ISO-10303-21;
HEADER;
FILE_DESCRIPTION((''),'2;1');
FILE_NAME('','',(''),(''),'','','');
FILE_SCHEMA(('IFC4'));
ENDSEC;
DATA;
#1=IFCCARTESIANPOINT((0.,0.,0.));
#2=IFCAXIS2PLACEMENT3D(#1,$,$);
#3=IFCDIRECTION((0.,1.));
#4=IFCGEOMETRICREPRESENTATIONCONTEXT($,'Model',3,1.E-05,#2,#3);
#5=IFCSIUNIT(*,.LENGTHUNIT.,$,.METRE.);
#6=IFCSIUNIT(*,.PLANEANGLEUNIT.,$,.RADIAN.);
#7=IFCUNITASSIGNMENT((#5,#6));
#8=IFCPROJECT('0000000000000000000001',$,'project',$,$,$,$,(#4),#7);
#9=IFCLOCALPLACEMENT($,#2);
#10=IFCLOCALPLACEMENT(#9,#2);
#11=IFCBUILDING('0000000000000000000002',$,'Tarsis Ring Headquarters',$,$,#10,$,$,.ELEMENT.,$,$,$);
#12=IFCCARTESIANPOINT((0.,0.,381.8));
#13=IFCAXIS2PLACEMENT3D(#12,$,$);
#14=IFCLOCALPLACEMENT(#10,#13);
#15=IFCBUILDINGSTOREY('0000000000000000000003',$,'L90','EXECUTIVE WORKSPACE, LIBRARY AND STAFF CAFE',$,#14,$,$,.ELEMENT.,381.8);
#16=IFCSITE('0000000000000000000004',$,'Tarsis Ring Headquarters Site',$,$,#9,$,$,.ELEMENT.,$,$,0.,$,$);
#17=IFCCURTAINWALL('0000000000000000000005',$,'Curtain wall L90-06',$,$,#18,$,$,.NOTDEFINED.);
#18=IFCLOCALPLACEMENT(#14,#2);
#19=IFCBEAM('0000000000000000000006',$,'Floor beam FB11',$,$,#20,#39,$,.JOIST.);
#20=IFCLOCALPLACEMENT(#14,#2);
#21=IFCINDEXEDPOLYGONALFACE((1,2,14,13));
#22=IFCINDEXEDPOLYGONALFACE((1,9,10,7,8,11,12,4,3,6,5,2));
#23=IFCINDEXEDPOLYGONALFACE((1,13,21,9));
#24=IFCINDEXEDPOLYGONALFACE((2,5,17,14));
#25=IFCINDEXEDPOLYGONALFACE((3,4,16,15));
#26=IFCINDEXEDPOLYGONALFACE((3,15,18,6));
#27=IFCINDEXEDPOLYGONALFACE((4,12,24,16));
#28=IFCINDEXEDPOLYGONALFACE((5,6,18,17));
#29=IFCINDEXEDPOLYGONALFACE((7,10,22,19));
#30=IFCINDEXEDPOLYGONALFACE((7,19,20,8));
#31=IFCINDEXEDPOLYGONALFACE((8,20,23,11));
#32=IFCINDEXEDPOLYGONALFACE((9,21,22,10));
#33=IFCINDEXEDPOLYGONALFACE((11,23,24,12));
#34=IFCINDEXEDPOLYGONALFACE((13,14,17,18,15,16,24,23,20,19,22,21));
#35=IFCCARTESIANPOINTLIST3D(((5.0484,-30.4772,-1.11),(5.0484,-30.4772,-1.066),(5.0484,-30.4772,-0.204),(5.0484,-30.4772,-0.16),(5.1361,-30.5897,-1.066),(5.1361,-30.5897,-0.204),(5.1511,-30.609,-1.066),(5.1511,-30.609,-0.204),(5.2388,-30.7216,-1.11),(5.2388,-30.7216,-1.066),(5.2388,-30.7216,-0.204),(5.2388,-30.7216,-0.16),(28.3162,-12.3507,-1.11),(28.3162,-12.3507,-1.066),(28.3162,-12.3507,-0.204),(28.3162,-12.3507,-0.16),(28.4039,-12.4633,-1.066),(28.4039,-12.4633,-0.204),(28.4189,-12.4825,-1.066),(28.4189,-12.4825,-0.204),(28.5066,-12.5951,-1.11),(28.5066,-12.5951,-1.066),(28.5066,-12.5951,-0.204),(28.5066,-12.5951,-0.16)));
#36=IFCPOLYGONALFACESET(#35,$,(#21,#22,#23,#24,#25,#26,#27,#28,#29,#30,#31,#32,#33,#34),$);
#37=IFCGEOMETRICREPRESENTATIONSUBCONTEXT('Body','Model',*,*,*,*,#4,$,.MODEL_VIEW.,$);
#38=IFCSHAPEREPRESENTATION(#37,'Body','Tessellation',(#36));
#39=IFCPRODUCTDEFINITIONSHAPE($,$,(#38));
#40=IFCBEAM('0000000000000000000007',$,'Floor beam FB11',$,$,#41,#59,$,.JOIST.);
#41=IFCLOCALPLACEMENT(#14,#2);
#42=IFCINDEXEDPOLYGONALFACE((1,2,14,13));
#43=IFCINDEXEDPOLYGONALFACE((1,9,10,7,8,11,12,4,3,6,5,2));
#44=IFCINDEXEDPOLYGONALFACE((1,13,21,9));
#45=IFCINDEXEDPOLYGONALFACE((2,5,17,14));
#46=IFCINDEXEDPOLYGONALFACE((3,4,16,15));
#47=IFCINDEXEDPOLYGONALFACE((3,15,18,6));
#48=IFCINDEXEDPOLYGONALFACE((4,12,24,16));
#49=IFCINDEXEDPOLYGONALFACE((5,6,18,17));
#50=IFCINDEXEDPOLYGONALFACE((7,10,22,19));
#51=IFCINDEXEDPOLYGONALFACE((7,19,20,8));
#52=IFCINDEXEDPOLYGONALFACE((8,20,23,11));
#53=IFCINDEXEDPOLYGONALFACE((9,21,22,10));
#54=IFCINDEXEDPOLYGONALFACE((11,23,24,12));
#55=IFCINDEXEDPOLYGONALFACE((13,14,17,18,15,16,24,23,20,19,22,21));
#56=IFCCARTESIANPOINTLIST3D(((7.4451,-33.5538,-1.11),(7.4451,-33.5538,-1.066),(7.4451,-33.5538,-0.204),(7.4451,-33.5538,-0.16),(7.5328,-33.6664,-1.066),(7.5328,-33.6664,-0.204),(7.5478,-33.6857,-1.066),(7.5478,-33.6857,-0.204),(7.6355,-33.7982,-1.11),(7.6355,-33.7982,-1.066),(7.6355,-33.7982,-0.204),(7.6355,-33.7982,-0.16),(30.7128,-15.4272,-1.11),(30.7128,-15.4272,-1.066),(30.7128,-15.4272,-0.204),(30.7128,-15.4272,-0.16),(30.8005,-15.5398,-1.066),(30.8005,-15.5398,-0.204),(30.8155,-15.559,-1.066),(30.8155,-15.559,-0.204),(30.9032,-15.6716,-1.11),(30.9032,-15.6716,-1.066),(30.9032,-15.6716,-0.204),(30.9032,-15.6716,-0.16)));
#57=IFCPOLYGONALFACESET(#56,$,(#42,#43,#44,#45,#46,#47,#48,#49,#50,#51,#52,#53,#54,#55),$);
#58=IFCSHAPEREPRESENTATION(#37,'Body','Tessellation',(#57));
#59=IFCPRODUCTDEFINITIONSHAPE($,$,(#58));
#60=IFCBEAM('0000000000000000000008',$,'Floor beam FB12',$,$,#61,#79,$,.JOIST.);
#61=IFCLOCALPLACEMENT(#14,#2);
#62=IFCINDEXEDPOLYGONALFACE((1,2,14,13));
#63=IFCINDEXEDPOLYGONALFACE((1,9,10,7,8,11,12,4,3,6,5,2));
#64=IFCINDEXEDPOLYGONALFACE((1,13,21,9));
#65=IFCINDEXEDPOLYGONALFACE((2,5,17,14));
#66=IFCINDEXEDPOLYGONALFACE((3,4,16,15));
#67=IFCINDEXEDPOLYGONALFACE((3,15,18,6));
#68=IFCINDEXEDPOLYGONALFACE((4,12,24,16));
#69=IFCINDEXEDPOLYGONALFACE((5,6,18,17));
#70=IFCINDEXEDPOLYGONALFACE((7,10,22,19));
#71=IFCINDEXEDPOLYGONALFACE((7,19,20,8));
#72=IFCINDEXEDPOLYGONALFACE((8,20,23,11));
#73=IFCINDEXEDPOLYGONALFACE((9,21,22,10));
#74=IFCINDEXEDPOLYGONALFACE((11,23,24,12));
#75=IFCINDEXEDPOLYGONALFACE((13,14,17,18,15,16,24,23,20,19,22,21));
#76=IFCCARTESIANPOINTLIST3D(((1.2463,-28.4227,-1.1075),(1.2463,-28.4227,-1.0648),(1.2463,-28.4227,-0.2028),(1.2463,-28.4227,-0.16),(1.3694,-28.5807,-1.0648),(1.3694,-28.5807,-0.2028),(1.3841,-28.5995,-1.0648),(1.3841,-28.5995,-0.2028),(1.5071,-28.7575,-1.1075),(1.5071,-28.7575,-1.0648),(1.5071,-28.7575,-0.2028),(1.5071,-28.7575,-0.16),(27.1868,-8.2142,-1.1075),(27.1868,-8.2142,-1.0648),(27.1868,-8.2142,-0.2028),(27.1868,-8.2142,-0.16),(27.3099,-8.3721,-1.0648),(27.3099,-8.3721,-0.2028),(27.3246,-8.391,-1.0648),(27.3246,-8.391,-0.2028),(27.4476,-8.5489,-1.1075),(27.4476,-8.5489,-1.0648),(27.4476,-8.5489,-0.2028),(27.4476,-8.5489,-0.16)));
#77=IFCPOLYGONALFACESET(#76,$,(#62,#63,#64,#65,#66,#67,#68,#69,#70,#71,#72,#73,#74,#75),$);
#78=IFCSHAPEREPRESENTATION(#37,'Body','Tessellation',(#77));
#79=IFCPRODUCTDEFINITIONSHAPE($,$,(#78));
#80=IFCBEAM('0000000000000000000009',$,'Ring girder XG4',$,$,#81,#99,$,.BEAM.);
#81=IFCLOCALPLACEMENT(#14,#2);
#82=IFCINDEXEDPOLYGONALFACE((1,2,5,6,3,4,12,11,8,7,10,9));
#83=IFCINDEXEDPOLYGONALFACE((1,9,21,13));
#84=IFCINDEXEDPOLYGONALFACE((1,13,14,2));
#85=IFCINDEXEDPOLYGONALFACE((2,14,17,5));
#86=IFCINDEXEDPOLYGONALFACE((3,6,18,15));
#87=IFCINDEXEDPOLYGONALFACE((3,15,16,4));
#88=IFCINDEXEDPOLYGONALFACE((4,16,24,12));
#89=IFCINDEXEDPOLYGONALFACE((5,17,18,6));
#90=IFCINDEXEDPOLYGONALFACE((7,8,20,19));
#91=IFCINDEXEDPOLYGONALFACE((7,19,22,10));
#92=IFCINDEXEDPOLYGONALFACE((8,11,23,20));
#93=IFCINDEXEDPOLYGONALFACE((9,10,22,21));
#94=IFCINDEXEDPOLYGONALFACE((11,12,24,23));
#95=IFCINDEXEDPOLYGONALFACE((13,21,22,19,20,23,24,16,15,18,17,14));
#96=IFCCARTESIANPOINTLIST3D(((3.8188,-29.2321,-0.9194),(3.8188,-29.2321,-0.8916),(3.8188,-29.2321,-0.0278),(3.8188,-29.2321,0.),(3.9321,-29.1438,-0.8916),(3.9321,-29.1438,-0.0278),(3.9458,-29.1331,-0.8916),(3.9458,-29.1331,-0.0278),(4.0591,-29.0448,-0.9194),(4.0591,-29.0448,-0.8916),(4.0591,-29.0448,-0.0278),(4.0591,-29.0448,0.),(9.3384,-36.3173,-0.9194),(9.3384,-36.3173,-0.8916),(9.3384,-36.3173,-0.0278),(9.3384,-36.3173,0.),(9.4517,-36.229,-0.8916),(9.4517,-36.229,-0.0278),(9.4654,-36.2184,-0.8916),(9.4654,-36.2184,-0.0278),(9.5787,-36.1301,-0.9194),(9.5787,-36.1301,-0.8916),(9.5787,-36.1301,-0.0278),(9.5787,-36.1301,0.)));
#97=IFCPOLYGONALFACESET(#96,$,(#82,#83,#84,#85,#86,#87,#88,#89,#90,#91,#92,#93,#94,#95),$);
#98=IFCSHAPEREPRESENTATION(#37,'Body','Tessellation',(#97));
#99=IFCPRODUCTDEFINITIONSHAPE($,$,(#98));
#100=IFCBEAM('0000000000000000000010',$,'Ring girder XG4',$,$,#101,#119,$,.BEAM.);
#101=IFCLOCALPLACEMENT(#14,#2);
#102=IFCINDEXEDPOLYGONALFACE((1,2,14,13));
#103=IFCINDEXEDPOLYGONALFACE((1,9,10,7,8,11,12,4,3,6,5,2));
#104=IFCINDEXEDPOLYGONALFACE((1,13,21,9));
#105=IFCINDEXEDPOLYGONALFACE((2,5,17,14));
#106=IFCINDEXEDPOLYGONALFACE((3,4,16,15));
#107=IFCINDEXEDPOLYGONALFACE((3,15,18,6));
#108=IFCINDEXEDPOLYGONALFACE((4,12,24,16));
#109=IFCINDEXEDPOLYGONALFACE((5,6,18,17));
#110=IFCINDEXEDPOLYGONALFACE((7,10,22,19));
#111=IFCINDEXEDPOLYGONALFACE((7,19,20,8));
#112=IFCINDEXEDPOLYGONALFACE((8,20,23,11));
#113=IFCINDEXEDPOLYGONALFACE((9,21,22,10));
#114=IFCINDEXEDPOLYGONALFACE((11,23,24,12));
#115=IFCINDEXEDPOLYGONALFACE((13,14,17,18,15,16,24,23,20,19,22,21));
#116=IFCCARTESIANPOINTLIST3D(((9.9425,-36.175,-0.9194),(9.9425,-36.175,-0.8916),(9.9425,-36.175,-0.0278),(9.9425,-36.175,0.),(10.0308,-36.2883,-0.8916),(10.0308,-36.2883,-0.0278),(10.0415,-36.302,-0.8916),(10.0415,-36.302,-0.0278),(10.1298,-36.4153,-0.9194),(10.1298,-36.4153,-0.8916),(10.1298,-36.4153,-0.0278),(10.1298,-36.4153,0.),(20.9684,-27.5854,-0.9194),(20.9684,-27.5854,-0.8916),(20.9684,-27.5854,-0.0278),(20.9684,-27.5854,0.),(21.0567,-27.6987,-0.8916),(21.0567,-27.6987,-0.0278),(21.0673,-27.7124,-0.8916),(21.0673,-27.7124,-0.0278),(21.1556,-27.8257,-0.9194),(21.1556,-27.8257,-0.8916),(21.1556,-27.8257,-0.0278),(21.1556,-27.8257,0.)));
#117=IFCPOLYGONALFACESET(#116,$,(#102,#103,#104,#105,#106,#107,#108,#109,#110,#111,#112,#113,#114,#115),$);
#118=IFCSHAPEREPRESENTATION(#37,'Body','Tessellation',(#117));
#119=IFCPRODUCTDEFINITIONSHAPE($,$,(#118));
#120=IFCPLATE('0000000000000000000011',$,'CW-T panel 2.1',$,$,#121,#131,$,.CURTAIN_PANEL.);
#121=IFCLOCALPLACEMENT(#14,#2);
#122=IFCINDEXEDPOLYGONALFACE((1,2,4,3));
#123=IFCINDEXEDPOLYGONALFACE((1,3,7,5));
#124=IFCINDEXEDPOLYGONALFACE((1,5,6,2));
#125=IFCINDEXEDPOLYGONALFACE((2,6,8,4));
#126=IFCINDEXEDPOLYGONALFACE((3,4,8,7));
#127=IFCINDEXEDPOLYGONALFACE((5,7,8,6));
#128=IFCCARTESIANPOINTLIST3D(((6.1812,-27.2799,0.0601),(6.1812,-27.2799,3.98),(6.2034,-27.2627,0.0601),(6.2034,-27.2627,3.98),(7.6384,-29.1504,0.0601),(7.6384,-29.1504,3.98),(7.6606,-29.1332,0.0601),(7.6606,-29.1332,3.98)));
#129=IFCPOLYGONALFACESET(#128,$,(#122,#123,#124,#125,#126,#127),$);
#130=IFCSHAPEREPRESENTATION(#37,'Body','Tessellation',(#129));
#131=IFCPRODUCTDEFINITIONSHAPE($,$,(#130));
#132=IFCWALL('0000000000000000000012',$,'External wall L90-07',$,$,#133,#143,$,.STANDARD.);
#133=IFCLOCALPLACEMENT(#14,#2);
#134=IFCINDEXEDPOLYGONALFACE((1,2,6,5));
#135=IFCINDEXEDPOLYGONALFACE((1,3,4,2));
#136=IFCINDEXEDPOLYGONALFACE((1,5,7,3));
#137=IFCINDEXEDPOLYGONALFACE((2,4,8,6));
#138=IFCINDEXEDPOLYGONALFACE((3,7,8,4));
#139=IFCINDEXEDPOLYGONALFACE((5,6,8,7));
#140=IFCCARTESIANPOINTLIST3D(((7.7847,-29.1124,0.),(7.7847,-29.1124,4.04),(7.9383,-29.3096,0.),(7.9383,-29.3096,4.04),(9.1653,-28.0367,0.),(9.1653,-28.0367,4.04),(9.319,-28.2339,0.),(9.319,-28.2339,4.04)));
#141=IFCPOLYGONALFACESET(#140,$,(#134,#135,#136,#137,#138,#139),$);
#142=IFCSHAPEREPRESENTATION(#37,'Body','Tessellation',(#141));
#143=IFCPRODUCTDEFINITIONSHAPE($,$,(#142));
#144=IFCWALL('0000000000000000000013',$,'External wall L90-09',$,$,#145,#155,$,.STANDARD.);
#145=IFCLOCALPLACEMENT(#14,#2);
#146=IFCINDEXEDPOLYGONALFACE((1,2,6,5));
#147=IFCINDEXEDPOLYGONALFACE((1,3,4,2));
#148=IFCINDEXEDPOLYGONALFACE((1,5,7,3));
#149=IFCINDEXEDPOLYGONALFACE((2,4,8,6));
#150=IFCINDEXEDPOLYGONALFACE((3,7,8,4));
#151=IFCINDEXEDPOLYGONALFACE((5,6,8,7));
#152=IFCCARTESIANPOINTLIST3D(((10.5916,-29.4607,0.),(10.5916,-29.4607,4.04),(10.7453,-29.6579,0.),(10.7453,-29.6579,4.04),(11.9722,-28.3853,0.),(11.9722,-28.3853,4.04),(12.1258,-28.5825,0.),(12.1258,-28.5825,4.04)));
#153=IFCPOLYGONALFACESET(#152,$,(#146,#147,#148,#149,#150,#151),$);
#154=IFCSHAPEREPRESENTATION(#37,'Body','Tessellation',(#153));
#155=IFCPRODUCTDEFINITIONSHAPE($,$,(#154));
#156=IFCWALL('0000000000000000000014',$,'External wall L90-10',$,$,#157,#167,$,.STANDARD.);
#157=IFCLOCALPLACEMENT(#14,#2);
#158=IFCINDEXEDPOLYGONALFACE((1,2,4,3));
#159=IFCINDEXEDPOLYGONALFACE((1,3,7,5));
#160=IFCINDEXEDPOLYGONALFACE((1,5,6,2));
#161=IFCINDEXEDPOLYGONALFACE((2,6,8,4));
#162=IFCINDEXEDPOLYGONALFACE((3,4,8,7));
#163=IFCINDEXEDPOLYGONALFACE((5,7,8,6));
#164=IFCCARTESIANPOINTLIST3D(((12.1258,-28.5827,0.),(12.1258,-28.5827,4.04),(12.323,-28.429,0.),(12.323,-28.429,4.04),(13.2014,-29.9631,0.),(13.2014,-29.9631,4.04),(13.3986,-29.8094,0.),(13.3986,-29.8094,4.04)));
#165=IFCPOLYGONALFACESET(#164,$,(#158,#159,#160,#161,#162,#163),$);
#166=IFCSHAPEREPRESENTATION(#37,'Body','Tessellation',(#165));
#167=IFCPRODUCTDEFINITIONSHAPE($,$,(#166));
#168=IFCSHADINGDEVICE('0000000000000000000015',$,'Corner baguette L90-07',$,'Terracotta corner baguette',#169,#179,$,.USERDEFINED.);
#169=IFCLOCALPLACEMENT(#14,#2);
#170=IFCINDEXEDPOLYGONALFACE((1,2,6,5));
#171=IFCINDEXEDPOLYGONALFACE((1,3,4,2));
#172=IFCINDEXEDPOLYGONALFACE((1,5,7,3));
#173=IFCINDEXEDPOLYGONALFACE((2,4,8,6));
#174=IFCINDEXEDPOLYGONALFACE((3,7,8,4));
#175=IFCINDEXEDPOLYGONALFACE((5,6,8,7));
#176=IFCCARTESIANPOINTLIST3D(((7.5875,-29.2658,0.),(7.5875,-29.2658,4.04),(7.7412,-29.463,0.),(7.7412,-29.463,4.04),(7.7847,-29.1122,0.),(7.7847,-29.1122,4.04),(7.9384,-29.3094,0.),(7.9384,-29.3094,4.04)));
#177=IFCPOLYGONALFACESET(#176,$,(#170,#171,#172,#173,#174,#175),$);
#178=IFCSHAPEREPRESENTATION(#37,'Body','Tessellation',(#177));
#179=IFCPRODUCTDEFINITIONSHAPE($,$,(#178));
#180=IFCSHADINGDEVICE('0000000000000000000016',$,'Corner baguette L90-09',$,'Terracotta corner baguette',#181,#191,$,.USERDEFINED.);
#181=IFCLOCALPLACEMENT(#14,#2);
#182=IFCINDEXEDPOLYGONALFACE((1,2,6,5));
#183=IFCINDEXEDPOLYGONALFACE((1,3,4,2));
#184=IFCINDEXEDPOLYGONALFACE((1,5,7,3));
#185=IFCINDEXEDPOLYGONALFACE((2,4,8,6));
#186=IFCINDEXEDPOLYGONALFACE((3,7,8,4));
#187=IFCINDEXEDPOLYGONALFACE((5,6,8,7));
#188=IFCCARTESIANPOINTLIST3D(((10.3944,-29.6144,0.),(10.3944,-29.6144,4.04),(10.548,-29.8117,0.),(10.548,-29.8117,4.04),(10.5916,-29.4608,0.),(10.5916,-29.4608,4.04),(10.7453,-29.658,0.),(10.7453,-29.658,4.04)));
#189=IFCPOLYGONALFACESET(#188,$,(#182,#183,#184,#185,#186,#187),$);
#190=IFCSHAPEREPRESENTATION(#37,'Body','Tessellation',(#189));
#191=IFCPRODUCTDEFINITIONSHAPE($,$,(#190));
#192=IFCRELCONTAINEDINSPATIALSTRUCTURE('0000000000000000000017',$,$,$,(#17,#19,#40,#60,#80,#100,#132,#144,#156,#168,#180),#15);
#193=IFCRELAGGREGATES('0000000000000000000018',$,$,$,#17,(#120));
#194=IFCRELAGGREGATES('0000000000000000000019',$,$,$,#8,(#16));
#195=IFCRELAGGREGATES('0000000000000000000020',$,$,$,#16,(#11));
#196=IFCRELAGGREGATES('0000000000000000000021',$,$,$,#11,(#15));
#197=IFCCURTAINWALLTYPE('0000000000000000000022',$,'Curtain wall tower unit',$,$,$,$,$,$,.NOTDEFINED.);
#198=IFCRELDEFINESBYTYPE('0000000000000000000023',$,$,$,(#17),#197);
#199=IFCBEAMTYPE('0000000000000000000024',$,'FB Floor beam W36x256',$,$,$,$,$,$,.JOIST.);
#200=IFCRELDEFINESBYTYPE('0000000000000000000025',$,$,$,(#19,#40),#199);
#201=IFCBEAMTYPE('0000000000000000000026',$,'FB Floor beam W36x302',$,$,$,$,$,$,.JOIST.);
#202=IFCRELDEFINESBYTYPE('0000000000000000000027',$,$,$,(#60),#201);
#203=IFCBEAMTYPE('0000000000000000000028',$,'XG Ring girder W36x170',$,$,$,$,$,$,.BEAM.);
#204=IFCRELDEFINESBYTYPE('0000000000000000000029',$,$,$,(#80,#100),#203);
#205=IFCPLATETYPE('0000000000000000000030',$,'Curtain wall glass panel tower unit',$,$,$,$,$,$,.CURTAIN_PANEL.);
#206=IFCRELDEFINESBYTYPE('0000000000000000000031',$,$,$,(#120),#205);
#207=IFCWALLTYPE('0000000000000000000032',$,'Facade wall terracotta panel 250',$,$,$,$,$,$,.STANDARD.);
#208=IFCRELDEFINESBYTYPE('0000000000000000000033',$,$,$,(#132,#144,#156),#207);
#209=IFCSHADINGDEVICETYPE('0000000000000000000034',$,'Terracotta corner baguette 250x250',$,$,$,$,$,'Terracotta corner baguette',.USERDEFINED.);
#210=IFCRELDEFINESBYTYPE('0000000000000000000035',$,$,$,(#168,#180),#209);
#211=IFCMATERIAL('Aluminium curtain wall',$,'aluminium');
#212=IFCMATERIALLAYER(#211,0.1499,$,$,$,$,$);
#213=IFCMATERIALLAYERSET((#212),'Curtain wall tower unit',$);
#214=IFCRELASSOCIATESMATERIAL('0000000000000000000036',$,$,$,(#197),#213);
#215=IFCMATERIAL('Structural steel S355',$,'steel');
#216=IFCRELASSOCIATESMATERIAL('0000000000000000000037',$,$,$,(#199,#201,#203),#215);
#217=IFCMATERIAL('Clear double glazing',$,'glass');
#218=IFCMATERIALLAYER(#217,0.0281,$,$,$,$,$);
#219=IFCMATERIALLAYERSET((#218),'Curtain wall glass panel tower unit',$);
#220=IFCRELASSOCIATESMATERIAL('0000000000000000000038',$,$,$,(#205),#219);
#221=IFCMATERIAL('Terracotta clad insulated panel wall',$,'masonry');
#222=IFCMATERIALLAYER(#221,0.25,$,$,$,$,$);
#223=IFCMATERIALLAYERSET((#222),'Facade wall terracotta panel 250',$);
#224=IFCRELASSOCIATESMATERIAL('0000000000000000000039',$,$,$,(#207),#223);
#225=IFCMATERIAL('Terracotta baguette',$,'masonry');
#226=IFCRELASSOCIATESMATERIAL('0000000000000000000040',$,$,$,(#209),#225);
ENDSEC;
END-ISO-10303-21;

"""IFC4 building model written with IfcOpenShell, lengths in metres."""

from ifc_helpers import new_model, si_unit, direction, frame, frame_2d, origin, origin_2d, place, context, subcontext, project, spatial, rectangle, i_section, extrude, material, layer, layer_set, material_profile, profile_set, type_object, element, aggregate, save


model = new_model("IFC4")

# Units and contexts
model_context = context("Model", 3, precision=1e-05, world=origin(), true_north=direction((0.0, 1.0)))
body_context = subcontext(model_context, "Body", "Model", "MODEL_VIEW")
ifc_project = project(units=[si_unit("LENGTHUNIT", "METRE"), si_unit("PLANEANGLEUNIT", "RADIAN")], contexts=[model_context])

# Site, building, storey
site_placement = place(None, origin())
site = spatial("IfcSite", under=ifc_project, at=site_placement, Name="Tarsis Ring Headquarters Site", CompositionType="ELEMENT", RefElevation=0.0)
building_placement = place(site_placement, origin())
building = spatial("IfcBuilding", under=site, at=building_placement, Name="Tarsis Ring Headquarters", CompositionType="ELEMENT")
storey_placement = place(building_placement, frame((0.0, 0.0, 381.8)))
storey = spatial("IfcBuildingStorey", under=building, at=storey_placement, Name="L90", Description="EXECUTIVE WORKSPACE, LIBRARY AND STAFF CAFE", CompositionType="ELEMENT", Elevation=381.8)

# Shared definitions
ifc_material_1 = material(Name="Structural steel S355", Category="steel")

# Curtain wall
ifc_material_2 = material(Name="Aluminium curtain wall", Category="aluminium")
ifc_layer_1 = layer(ifc_material_2, 0.1499)
ifc_layer_set_1 = layer_set([ifc_layer_1], Name="Curtain wall tower unit")
curtain_wall_type = type_object("IfcCurtainWallType", Name="Curtain wall tower unit", PredefinedType="NOTDEFINED", material=ifc_layer_set_1)
curtain_wall_placement = place(storey_placement, origin())
curtain_wall = element("IfcCurtainWall", 1, at=curtain_wall_placement, inside=storey, type_object=curtain_wall_type, Name="Curtain wall L90-06", PredefinedType="NOTDEFINED")

# Beams
ifc_material_profile_1 = material_profile(ifc_material_1, i_section(OverallWidth=0.3098, OverallDepth=0.95, WebThickness=0.0244, FlangeThickness=0.0439, at=origin_2d()), Name="W36x256")
ifc_profile_set_1 = profile_set([ifc_material_profile_1], Name="Structural steel S355")
beam_type_1 = type_object("IfcBeamType", Name="FB Floor beam W36x256", PredefinedType="JOIST", material=ifc_profile_set_1)
for number, where, z_axis, x_axis, name in (
    (2, (5.1436, -30.5994, -0.635), (0.788871, 0.614559, 0.0), (-0.614559, 0.788871, 0.0), "Floor beam FB11"),
    (3, (7.5403, -33.676, -0.635), (0.788867, 0.614564, 0.0), (-0.614564, 0.788867, 0.0), "Floor beam FB11"),
):
    element("IfcBeam", number, at=place(storey_placement, frame(where, z_axis=z_axis, x_axis=x_axis)), inside=storey, type_object=beam_type_1, Name=name, PredefinedType="JOIST", context=body_context, shape_type="SweptSolid", body=[
        extrude(i_section(OverallWidth=0.3098, OverallDepth=0.95, WebThickness=0.0244, FlangeThickness=0.0439, at=origin_2d()), origin(), (0.0, 0.0, 1.0), 29.4951),
    ])
ifc_material_profile_2 = material_profile(ifc_material_1, i_section(OverallWidth=0.4243, OverallDepth=0.9475, WebThickness=0.0239, FlangeThickness=0.0427, at=origin_2d()), Name="W36x302")
ifc_profile_set_2 = profile_set([ifc_material_profile_2], Name="Structural steel S355")
beam_type_2 = type_object("IfcBeamType", Name="FB Floor beam W36x302", PredefinedType="JOIST", material=ifc_profile_set_2)
beam_1_placement = place(storey_placement, frame((1.3767, -28.5901, -0.6338), z_axis=(0.788871, 0.614558, 0.0), x_axis=(-0.614558, 0.788871, 0.0)))
element("IfcBeam", 4, at=beam_1_placement, inside=storey, type_object=beam_type_2, Name="Floor beam FB12", PredefinedType="JOIST", context=body_context, shape_type="SweptSolid", body=[
    extrude(i_section(OverallWidth=0.4243, OverallDepth=0.9475, WebThickness=0.0239, FlangeThickness=0.0427, at=origin_2d()), origin(), (0.0, 0.0, 1.0), 32.8831),
])
ifc_material_profile_3 = material_profile(ifc_material_1, i_section(OverallWidth=0.3047, OverallDepth=0.9194, WebThickness=0.0173, FlangeThickness=0.0278, at=origin_2d()), Name="W36x170")
ifc_profile_set_3 = profile_set([ifc_material_profile_3], Name="Structural steel S355")
beam_type_3 = type_object("IfcBeamType", Name="XG Ring girder W36x170", PredefinedType="BEAM", material=ifc_profile_set_3)
beam_2_placement = place(storey_placement, frame((3.939, -29.1384, -0.4597), z_axis=(0.614552, -0.788876, 0.0), x_axis=(0.788876, 0.614552, 0.0)))
element("IfcBeam", 5, at=beam_2_placement, inside=storey, type_object=beam_type_3, Name="Ring girder XG4", PredefinedType="BEAM", context=body_context, shape_type="SweptSolid", body=[
    extrude(i_section(OverallWidth=0.3047, OverallDepth=0.9194, WebThickness=0.0173, FlangeThickness=0.0278, at=origin_2d()), origin(), (0.0, 0.0, 1.0), 8.9814),
])
beam_3_placement = place(storey_placement, frame((10.0361, -36.2952, -0.4597), z_axis=(0.788869, 0.614561, 0.0), x_axis=(-0.614561, 0.788869, 0.0)))
element("IfcBeam", 6, at=beam_3_placement, inside=storey, type_object=beam_type_3, Name="Ring girder XG4", PredefinedType="BEAM", context=body_context, shape_type="SweptSolid", body=[
    extrude(i_section(OverallWidth=0.3047, OverallDepth=0.9194, WebThickness=0.0173, FlangeThickness=0.0278, at=origin_2d()), origin(), (0.0, 0.0, 1.0), 13.9768),
])

# Plate
ifc_material_3 = material(Name="Clear double glazing", Category="glass")
ifc_layer_2 = layer(ifc_material_3, 0.0281)
ifc_layer_set_2 = layer_set([ifc_layer_2], Name="Curtain wall glass panel tower unit")
plate_type = type_object("IfcPlateType", Name="Curtain wall glass panel tower unit", PredefinedType="CURTAIN_PANEL", material=ifc_layer_set_2)
plate_placement = place(storey_placement, frame((6.9209, -28.2065, 0.0601), z_axis=(0.0, 0.0, 1.0), x_axis=(0.614561, -0.78887, 0.0)))
plate = element("IfcPlate", 7, at=plate_placement, type_object=plate_type, Name="CW-T panel 2.1", PredefinedType="CURTAIN_PANEL", context=body_context, shape_type="SweptSolid", body=[
    extrude(rectangle(XDim=2.3711, YDim=0.0281, at=origin_2d()), origin(), (0.0, 0.0, 1.0), 3.9199),
])
aggregate(curtain_wall, [plate])

# Walls
ifc_material_4 = material(Name="Terracotta clad insulated panel wall", Category="masonry")
ifc_layer_3 = layer(ifc_material_4, 0.25)
ifc_layer_set_3 = layer_set([ifc_layer_3], Name="Facade wall terracotta panel 250")
wall_type = type_object("IfcWallType", Name="Facade wall terracotta panel 250", PredefinedType="STANDARD", material=ifc_layer_set_3)
wall_placement = place(storey_placement, frame((7.8616, -29.2109, 0.0), z_axis=(0.0, 0.0, 1.0), x_axis=(0.788834, 0.614607, 0.0)))
element("IfcWall", 8, at=wall_placement, inside=storey, type_object=wall_type, Name="External wall L90-07", PredefinedType="STANDARD", context=body_context, shape_type="SweptSolid", body=[
    extrude(rectangle(XDim=1.7502, YDim=0.25, at=frame_2d((0.875, 0.0))), origin(), (0.0, 0.0, 1.0), 4.04),
])
for number, where, z_axis, x_axis, name in (
    (9, (10.6685, -29.5593, 0.0), (0.0, 0.0, 1.0), (0.788901, 0.61452, 0.0), "External wall L90-09"),
    (10, (12.2244, -28.5059, 0.0), (0.0, 0.0, 1.0), (0.614674, -0.788781, 0.0), "External wall L90-10"),
):
    element("IfcWall", number, at=place(storey_placement, frame(where, z_axis=z_axis, x_axis=x_axis)), inside=storey, type_object=wall_type, Name=name, PredefinedType="STANDARD", context=body_context, shape_type="SweptSolid", body=[
        extrude(rectangle(XDim=1.75, YDim=0.25, at=frame_2d((0.875, 0.0))), origin(), (0.0, 0.0, 1.0), 4.04),
    ])

# Shading devices
ifc_material_5 = material(Name="Terracotta baguette", Category="masonry")
shading_device_type_1 = type_object("IfcShadingDeviceType", Name="Terracotta corner baguette 250x250", ElementType="Terracotta corner baguette", PredefinedType="USERDEFINED", material=ifc_material_5)
for number, where, z_axis, x_axis, name in (
    (11, (7.7629, -29.2876, 0.0), (0.0, 0.0, 1.0), (0.614561, -0.78887, 0.0), "Corner baguette L90-07"),
    (12, (10.5698, -29.6362, 0.0), (0.0, 0.0, 1.0), (0.614561, -0.78887, 0.0), "Corner baguette L90-09"),
):
    element("IfcShadingDevice", number, at=place(storey_placement, frame(where, z_axis=z_axis, x_axis=x_axis)), inside=storey, type_object=shading_device_type_1, Name=name, ObjectType="Terracotta corner baguette", PredefinedType="USERDEFINED", context=body_context, shape_type="SweptSolid", body=[
        extrude(rectangle(XDim=0.25, YDim=0.25, at=origin_2d()), origin(), (0.0, 0.0, 1.0), 4.04),
    ])

save(model, "model.ifc")
